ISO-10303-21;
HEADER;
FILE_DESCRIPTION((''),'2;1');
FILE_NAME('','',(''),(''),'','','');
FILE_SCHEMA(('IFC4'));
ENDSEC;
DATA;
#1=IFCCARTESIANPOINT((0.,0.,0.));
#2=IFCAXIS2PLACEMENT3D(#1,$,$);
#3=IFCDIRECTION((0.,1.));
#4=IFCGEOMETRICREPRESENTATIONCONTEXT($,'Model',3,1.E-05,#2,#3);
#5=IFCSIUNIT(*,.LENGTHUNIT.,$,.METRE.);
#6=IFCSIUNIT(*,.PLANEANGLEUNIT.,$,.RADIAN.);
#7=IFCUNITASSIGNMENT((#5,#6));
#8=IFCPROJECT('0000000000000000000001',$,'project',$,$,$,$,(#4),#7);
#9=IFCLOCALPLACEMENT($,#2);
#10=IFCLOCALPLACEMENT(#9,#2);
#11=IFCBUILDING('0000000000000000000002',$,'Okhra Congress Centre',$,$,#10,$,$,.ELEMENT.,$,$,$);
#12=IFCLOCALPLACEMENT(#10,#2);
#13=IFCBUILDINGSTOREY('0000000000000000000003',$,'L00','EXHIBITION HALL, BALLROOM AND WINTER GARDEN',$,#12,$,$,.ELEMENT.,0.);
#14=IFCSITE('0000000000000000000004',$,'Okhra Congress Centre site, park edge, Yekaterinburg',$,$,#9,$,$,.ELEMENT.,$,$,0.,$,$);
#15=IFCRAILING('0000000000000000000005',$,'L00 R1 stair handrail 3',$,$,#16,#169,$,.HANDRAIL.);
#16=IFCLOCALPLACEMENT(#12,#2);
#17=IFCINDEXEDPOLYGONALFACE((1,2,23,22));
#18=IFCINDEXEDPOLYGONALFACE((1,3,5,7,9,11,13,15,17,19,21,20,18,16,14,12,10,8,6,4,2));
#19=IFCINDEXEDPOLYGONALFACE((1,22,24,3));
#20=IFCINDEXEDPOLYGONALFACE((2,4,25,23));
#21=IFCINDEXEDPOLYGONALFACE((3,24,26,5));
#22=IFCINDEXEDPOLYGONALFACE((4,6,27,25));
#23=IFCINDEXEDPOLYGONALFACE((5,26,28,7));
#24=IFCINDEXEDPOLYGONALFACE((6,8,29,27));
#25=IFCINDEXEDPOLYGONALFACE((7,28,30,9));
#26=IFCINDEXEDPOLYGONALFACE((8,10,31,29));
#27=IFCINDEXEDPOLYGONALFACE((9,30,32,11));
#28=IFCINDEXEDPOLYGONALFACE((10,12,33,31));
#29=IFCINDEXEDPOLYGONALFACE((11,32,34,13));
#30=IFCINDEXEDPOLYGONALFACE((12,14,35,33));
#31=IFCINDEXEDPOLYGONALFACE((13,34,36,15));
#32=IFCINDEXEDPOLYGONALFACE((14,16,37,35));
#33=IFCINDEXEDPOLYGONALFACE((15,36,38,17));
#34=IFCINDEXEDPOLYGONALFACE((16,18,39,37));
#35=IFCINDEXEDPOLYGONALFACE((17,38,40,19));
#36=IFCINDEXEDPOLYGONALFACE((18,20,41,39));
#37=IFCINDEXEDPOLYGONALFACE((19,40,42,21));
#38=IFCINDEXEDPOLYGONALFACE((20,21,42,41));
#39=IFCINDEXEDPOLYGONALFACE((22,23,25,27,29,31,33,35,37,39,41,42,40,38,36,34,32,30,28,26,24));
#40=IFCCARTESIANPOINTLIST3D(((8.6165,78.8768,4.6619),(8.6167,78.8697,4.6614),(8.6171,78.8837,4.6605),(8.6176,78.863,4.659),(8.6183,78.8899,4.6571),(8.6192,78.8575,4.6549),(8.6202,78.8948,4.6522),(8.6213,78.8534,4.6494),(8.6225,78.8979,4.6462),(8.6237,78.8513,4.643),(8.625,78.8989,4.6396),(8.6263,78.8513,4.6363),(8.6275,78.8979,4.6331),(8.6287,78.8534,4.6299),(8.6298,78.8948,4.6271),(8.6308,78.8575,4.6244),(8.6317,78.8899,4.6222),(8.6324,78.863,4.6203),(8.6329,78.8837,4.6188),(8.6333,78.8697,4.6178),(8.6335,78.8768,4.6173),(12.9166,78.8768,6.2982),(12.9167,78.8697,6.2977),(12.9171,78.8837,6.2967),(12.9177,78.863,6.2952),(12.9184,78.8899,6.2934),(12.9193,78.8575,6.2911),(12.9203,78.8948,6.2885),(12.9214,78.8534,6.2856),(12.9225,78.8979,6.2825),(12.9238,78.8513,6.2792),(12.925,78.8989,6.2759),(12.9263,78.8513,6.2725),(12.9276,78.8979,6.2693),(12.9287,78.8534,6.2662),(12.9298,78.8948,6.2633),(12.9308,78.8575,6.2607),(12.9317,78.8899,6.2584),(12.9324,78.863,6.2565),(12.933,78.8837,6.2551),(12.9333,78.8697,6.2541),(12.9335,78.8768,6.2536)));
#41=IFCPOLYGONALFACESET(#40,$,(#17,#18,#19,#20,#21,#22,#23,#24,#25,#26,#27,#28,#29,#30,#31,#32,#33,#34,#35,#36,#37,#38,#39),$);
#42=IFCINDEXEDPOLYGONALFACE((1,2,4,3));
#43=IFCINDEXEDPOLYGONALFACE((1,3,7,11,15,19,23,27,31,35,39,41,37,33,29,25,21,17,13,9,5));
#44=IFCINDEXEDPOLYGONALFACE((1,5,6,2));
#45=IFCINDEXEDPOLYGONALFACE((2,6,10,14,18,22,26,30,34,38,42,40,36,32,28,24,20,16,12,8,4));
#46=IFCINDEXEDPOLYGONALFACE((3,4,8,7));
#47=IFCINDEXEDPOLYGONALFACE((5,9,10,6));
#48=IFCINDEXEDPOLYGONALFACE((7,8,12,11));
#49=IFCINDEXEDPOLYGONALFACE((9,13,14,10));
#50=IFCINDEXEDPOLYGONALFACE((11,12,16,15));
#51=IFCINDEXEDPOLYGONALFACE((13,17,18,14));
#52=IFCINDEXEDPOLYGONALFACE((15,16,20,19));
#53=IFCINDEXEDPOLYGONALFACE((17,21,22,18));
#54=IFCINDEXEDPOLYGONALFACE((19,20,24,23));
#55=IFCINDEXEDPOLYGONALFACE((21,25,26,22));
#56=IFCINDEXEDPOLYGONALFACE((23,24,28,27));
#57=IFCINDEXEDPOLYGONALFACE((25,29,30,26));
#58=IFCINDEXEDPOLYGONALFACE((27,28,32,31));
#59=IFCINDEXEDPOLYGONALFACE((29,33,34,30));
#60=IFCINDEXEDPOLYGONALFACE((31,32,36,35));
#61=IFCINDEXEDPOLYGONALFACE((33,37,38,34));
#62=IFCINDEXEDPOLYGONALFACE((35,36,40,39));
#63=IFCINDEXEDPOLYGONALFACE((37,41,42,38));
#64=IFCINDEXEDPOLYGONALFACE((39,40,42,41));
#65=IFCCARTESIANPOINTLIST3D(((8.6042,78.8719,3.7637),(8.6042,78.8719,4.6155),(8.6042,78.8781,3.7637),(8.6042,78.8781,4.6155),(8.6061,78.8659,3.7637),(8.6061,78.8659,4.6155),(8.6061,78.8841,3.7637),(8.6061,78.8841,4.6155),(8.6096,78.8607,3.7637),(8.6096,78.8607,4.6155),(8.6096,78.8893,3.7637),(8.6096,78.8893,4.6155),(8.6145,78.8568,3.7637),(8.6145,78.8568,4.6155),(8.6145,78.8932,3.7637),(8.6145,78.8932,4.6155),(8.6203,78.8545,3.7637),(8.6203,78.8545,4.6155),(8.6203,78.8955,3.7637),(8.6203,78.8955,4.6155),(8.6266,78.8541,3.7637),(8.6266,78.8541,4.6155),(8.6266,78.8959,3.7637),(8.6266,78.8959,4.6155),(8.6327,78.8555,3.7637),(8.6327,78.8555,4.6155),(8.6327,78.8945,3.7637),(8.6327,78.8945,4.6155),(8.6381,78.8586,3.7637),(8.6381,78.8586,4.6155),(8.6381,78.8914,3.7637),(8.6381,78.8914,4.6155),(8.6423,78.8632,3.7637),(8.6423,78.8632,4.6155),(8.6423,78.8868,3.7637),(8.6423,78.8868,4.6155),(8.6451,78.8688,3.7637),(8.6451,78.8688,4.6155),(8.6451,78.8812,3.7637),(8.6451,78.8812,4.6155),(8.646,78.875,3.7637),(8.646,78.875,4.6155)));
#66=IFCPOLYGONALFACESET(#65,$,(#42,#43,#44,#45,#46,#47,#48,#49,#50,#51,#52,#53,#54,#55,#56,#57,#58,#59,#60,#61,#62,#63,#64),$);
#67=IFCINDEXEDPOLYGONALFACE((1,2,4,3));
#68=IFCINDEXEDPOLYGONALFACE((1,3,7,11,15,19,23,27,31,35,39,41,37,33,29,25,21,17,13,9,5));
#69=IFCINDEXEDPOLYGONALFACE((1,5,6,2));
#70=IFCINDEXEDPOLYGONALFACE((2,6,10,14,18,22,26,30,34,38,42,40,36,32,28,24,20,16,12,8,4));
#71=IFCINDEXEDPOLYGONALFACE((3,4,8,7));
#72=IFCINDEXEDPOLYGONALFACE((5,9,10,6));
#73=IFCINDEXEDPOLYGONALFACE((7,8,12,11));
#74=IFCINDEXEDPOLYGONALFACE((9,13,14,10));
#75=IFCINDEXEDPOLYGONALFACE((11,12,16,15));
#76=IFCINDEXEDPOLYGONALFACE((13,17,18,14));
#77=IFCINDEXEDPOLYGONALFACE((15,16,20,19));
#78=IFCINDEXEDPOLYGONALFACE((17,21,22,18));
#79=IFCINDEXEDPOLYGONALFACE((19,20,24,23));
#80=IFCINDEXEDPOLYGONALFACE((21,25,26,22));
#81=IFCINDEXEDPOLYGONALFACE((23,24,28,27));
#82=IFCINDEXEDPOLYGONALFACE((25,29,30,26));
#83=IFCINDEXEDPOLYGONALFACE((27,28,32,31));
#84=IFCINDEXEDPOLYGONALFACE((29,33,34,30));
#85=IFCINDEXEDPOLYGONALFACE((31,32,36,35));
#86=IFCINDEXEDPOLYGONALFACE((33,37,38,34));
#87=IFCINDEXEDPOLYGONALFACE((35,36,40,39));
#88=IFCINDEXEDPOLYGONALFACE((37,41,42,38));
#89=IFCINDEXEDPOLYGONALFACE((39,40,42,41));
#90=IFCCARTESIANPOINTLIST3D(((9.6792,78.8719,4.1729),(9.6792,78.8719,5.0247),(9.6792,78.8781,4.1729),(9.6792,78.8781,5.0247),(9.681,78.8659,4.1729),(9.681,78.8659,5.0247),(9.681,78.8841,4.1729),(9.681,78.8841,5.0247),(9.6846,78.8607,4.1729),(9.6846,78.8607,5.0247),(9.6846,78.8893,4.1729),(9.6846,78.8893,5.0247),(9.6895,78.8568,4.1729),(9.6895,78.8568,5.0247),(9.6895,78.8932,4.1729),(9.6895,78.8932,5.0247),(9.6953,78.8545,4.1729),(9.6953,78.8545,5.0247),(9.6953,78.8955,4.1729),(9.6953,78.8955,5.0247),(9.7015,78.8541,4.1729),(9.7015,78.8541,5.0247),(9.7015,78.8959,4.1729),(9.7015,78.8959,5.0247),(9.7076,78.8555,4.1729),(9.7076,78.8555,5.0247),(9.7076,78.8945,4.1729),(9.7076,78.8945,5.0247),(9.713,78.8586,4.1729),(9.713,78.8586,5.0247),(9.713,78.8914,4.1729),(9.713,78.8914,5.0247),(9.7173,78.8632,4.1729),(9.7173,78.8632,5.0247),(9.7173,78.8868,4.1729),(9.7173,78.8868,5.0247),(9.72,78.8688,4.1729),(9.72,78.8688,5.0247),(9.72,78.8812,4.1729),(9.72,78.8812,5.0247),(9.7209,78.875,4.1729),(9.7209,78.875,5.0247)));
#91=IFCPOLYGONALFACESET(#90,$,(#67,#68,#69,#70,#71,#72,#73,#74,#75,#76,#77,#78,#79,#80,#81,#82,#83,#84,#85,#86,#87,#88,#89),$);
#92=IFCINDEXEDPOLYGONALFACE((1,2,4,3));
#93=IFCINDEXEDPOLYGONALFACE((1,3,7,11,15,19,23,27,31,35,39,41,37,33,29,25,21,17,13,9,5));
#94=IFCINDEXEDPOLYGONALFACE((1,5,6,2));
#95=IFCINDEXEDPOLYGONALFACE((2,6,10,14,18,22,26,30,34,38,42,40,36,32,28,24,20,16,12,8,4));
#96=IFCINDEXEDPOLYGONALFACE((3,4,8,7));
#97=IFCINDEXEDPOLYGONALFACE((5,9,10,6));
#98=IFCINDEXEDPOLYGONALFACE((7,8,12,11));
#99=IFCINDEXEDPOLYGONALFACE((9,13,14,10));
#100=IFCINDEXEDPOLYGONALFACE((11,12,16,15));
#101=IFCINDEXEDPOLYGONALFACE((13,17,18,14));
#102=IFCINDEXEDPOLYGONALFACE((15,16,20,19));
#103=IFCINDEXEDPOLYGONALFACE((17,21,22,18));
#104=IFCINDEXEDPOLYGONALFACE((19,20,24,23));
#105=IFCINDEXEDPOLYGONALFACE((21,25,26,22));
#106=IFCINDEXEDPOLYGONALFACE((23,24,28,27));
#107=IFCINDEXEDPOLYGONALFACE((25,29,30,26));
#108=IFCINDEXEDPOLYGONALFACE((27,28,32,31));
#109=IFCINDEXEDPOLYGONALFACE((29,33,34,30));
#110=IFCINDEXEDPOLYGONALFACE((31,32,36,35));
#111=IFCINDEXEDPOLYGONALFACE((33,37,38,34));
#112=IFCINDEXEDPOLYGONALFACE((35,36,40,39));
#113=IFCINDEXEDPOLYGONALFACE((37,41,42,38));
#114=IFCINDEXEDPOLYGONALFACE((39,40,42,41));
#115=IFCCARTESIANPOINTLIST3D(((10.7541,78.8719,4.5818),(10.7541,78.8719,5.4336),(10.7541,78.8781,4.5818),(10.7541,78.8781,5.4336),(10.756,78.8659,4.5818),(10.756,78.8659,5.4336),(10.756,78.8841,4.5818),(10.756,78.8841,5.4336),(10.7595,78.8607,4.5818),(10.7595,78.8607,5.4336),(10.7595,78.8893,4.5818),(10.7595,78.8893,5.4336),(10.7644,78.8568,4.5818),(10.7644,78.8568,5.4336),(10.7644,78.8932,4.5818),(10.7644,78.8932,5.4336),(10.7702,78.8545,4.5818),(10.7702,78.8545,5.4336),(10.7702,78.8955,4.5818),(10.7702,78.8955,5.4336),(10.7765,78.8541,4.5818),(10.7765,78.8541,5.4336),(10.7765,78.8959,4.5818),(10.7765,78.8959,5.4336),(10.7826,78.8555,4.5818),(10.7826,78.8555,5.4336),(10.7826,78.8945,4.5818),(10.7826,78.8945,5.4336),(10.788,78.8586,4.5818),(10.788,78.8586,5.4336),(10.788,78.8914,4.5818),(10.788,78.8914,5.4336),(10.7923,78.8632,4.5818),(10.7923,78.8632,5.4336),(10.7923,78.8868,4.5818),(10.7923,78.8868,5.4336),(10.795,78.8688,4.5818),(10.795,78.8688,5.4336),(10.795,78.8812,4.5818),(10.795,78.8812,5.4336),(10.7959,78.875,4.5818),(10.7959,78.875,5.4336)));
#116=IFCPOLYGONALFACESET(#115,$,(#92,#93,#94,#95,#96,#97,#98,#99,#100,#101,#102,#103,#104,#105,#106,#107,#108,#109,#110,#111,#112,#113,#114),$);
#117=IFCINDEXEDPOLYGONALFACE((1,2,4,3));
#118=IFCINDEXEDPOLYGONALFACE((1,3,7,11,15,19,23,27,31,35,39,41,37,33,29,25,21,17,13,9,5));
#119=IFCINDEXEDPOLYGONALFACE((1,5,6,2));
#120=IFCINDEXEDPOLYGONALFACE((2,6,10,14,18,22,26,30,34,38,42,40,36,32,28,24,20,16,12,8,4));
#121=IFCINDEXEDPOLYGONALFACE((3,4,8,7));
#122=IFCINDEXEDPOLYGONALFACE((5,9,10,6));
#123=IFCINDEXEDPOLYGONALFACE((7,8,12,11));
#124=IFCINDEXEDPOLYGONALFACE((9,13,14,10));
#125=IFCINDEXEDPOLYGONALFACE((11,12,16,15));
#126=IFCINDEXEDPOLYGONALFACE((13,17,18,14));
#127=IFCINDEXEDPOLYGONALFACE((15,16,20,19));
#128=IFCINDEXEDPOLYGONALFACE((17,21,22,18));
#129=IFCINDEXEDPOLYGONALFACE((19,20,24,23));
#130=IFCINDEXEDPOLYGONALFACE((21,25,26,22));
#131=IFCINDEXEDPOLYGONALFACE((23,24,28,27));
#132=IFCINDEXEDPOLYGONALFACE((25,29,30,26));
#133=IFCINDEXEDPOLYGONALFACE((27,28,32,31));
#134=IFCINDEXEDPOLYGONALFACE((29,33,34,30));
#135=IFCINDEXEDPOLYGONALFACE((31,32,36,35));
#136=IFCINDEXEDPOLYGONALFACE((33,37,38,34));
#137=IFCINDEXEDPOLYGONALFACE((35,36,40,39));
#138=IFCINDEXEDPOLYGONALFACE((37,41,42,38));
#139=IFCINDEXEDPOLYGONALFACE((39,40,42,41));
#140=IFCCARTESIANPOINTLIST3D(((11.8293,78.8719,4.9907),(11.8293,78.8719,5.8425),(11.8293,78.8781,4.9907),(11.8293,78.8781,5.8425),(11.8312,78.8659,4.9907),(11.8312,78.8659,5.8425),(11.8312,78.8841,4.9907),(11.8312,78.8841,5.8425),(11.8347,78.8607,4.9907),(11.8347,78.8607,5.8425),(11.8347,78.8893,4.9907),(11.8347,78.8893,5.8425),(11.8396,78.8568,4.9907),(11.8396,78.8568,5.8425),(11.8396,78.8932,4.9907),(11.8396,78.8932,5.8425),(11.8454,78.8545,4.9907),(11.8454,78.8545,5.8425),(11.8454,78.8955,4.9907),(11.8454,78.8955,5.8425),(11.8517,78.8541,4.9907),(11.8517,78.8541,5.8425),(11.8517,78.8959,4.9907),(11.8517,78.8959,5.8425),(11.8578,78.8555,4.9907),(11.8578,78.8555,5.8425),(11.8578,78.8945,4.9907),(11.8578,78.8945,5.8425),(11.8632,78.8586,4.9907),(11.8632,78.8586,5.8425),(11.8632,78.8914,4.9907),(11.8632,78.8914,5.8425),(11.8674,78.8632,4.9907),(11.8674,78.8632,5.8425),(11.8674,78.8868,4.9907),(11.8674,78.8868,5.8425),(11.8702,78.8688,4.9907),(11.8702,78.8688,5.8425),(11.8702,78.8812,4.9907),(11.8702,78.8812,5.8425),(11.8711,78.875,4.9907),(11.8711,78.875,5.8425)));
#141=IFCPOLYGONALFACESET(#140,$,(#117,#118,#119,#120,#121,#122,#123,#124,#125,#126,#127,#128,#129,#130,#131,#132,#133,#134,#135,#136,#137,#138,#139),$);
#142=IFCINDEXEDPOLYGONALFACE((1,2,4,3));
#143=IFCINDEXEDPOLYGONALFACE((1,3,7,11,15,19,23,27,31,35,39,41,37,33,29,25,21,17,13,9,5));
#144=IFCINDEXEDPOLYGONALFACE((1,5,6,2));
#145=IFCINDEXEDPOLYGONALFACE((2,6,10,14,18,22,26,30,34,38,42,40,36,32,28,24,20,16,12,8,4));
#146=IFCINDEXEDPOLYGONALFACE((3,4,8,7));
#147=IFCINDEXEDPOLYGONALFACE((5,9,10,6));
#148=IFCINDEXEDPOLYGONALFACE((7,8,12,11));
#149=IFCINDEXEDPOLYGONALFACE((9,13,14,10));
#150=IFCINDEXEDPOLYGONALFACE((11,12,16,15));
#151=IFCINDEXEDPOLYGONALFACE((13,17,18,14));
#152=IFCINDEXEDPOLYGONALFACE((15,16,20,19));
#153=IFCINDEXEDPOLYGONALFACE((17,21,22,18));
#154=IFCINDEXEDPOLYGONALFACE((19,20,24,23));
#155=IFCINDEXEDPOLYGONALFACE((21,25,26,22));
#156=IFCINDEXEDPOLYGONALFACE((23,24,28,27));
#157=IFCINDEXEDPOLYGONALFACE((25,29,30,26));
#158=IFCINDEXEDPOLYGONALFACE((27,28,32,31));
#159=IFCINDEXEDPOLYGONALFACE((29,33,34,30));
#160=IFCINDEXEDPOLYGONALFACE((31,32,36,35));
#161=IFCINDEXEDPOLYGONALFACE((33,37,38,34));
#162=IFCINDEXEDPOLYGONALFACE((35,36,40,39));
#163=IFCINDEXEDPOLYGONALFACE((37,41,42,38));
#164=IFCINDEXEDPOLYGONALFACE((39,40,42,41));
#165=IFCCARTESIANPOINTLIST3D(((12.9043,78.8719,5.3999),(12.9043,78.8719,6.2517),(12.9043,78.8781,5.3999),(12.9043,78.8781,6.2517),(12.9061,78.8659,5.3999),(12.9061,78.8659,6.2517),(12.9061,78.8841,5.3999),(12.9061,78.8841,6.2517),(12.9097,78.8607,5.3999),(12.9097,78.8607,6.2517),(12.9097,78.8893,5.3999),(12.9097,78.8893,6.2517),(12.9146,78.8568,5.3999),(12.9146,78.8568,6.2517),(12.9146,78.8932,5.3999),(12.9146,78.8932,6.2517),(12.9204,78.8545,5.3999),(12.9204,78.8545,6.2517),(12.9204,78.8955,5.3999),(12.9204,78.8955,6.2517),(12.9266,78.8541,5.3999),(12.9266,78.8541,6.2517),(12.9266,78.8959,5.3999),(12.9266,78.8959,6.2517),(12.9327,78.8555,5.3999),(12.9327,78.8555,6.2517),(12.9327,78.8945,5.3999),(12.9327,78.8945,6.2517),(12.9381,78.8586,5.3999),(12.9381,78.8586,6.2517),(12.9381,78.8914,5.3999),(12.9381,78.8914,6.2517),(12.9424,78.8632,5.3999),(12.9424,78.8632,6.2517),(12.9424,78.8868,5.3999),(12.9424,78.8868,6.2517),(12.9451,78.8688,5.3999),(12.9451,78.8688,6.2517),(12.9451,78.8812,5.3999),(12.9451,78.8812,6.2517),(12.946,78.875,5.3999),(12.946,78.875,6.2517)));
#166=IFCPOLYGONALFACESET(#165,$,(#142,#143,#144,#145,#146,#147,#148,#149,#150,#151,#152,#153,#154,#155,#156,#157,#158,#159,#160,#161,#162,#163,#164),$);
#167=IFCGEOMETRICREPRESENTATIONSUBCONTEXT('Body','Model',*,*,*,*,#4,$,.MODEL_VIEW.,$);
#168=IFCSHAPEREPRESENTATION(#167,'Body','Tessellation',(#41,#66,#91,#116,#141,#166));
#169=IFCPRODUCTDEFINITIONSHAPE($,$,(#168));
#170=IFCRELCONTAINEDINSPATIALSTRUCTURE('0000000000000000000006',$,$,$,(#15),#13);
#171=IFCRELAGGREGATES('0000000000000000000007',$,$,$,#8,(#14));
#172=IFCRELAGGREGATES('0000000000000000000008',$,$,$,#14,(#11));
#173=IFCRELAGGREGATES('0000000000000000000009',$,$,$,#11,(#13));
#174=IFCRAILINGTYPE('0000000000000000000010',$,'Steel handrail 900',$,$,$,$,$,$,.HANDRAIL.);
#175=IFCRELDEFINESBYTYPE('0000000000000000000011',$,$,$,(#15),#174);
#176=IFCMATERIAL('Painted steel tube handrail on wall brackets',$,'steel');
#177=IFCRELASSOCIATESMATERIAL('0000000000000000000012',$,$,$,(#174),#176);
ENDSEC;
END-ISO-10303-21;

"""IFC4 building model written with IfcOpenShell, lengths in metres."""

from ifc_helpers import new_model, si_unit, direction, frame, origin, origin_2d, place, context, subcontext, project, spatial, circle, extrude, material, type_object, element, save


model = new_model("IFC4")

# Units and contexts
model_context = context("Model", 3, precision=1e-05, world=origin(), true_north=direction((0.0, 1.0)))
body_context = subcontext(model_context, "Body", "Model", "MODEL_VIEW")
ifc_project = project(units=[si_unit("LENGTHUNIT", "METRE"), si_unit("PLANEANGLEUNIT", "RADIAN")], contexts=[model_context])

# Site, building, storey
site_placement = place(None, origin())
site = spatial("IfcSite", under=ifc_project, at=site_placement, Name="Okhra Congress Centre site, park edge, Yekaterinburg", CompositionType="ELEMENT", RefElevation=0.0)
building_placement = place(site_placement, origin())
building = spatial("IfcBuilding", under=site, at=building_placement, Name="Okhra Congress Centre", CompositionType="ELEMENT")
storey_placement = place(building_placement, origin())
storey = spatial("IfcBuildingStorey", under=building, at=storey_placement, Name="L00", Description="EXHIBITION HALL, BALLROOM AND WINTER GARDEN", CompositionType="ELEMENT", Elevation=0.0)

# Railing
ifc_material_1 = material(Name="Painted steel tube handrail on wall brackets", Category="steel")
railing_type_1 = type_object("IfcRailingType", Name="Steel handrail 900", PredefinedType="HANDRAIL", material=ifc_material_1)
railing_1_placement = place(storey_placement, frame((8.625, 78.875, 3.7637)))
element("IfcRailing", 1, at=railing_1_placement, inside=storey, type_object=railing_type_1, Name="L00 R1 stair handrail 3", PredefinedType="HANDRAIL", context=body_context, shape_type="SweptSolid", body=[
    extrude(circle(Radius=0.0239, at=origin_2d()), frame((0.0, 0.0, 0.876), z_axis=(0.934624, 0.0, 0.355638), x_axis=(0.0, 1.0, 0.0)), (0.0, 0.0, 1.0), 4.6008),
    extrude(circle(Radius=0.021, at=origin_2d()), origin(), (0.0, 0.0, 1.0), 0.8518),
    extrude(circle(Radius=0.021, at=origin_2d()), frame((1.075, 0.0, 0.4092)), (0.0, 0.0, 1.0), 0.8518),
    extrude(circle(Radius=0.021, at=origin_2d()), frame((2.1499, 0.0, 0.8181)), (0.0, 0.0, 1.0), 0.8518),
    extrude(circle(Radius=0.021, at=origin_2d()), frame((3.2251, 0.0, 1.2271)), (0.0, 0.0, 1.0), 0.8518),
    extrude(circle(Radius=0.021, at=origin_2d()), frame((4.3, 0.0, 1.6362)), (0.0, 0.0, 1.0), 0.8518),
])

save(model, "model.ifc")
